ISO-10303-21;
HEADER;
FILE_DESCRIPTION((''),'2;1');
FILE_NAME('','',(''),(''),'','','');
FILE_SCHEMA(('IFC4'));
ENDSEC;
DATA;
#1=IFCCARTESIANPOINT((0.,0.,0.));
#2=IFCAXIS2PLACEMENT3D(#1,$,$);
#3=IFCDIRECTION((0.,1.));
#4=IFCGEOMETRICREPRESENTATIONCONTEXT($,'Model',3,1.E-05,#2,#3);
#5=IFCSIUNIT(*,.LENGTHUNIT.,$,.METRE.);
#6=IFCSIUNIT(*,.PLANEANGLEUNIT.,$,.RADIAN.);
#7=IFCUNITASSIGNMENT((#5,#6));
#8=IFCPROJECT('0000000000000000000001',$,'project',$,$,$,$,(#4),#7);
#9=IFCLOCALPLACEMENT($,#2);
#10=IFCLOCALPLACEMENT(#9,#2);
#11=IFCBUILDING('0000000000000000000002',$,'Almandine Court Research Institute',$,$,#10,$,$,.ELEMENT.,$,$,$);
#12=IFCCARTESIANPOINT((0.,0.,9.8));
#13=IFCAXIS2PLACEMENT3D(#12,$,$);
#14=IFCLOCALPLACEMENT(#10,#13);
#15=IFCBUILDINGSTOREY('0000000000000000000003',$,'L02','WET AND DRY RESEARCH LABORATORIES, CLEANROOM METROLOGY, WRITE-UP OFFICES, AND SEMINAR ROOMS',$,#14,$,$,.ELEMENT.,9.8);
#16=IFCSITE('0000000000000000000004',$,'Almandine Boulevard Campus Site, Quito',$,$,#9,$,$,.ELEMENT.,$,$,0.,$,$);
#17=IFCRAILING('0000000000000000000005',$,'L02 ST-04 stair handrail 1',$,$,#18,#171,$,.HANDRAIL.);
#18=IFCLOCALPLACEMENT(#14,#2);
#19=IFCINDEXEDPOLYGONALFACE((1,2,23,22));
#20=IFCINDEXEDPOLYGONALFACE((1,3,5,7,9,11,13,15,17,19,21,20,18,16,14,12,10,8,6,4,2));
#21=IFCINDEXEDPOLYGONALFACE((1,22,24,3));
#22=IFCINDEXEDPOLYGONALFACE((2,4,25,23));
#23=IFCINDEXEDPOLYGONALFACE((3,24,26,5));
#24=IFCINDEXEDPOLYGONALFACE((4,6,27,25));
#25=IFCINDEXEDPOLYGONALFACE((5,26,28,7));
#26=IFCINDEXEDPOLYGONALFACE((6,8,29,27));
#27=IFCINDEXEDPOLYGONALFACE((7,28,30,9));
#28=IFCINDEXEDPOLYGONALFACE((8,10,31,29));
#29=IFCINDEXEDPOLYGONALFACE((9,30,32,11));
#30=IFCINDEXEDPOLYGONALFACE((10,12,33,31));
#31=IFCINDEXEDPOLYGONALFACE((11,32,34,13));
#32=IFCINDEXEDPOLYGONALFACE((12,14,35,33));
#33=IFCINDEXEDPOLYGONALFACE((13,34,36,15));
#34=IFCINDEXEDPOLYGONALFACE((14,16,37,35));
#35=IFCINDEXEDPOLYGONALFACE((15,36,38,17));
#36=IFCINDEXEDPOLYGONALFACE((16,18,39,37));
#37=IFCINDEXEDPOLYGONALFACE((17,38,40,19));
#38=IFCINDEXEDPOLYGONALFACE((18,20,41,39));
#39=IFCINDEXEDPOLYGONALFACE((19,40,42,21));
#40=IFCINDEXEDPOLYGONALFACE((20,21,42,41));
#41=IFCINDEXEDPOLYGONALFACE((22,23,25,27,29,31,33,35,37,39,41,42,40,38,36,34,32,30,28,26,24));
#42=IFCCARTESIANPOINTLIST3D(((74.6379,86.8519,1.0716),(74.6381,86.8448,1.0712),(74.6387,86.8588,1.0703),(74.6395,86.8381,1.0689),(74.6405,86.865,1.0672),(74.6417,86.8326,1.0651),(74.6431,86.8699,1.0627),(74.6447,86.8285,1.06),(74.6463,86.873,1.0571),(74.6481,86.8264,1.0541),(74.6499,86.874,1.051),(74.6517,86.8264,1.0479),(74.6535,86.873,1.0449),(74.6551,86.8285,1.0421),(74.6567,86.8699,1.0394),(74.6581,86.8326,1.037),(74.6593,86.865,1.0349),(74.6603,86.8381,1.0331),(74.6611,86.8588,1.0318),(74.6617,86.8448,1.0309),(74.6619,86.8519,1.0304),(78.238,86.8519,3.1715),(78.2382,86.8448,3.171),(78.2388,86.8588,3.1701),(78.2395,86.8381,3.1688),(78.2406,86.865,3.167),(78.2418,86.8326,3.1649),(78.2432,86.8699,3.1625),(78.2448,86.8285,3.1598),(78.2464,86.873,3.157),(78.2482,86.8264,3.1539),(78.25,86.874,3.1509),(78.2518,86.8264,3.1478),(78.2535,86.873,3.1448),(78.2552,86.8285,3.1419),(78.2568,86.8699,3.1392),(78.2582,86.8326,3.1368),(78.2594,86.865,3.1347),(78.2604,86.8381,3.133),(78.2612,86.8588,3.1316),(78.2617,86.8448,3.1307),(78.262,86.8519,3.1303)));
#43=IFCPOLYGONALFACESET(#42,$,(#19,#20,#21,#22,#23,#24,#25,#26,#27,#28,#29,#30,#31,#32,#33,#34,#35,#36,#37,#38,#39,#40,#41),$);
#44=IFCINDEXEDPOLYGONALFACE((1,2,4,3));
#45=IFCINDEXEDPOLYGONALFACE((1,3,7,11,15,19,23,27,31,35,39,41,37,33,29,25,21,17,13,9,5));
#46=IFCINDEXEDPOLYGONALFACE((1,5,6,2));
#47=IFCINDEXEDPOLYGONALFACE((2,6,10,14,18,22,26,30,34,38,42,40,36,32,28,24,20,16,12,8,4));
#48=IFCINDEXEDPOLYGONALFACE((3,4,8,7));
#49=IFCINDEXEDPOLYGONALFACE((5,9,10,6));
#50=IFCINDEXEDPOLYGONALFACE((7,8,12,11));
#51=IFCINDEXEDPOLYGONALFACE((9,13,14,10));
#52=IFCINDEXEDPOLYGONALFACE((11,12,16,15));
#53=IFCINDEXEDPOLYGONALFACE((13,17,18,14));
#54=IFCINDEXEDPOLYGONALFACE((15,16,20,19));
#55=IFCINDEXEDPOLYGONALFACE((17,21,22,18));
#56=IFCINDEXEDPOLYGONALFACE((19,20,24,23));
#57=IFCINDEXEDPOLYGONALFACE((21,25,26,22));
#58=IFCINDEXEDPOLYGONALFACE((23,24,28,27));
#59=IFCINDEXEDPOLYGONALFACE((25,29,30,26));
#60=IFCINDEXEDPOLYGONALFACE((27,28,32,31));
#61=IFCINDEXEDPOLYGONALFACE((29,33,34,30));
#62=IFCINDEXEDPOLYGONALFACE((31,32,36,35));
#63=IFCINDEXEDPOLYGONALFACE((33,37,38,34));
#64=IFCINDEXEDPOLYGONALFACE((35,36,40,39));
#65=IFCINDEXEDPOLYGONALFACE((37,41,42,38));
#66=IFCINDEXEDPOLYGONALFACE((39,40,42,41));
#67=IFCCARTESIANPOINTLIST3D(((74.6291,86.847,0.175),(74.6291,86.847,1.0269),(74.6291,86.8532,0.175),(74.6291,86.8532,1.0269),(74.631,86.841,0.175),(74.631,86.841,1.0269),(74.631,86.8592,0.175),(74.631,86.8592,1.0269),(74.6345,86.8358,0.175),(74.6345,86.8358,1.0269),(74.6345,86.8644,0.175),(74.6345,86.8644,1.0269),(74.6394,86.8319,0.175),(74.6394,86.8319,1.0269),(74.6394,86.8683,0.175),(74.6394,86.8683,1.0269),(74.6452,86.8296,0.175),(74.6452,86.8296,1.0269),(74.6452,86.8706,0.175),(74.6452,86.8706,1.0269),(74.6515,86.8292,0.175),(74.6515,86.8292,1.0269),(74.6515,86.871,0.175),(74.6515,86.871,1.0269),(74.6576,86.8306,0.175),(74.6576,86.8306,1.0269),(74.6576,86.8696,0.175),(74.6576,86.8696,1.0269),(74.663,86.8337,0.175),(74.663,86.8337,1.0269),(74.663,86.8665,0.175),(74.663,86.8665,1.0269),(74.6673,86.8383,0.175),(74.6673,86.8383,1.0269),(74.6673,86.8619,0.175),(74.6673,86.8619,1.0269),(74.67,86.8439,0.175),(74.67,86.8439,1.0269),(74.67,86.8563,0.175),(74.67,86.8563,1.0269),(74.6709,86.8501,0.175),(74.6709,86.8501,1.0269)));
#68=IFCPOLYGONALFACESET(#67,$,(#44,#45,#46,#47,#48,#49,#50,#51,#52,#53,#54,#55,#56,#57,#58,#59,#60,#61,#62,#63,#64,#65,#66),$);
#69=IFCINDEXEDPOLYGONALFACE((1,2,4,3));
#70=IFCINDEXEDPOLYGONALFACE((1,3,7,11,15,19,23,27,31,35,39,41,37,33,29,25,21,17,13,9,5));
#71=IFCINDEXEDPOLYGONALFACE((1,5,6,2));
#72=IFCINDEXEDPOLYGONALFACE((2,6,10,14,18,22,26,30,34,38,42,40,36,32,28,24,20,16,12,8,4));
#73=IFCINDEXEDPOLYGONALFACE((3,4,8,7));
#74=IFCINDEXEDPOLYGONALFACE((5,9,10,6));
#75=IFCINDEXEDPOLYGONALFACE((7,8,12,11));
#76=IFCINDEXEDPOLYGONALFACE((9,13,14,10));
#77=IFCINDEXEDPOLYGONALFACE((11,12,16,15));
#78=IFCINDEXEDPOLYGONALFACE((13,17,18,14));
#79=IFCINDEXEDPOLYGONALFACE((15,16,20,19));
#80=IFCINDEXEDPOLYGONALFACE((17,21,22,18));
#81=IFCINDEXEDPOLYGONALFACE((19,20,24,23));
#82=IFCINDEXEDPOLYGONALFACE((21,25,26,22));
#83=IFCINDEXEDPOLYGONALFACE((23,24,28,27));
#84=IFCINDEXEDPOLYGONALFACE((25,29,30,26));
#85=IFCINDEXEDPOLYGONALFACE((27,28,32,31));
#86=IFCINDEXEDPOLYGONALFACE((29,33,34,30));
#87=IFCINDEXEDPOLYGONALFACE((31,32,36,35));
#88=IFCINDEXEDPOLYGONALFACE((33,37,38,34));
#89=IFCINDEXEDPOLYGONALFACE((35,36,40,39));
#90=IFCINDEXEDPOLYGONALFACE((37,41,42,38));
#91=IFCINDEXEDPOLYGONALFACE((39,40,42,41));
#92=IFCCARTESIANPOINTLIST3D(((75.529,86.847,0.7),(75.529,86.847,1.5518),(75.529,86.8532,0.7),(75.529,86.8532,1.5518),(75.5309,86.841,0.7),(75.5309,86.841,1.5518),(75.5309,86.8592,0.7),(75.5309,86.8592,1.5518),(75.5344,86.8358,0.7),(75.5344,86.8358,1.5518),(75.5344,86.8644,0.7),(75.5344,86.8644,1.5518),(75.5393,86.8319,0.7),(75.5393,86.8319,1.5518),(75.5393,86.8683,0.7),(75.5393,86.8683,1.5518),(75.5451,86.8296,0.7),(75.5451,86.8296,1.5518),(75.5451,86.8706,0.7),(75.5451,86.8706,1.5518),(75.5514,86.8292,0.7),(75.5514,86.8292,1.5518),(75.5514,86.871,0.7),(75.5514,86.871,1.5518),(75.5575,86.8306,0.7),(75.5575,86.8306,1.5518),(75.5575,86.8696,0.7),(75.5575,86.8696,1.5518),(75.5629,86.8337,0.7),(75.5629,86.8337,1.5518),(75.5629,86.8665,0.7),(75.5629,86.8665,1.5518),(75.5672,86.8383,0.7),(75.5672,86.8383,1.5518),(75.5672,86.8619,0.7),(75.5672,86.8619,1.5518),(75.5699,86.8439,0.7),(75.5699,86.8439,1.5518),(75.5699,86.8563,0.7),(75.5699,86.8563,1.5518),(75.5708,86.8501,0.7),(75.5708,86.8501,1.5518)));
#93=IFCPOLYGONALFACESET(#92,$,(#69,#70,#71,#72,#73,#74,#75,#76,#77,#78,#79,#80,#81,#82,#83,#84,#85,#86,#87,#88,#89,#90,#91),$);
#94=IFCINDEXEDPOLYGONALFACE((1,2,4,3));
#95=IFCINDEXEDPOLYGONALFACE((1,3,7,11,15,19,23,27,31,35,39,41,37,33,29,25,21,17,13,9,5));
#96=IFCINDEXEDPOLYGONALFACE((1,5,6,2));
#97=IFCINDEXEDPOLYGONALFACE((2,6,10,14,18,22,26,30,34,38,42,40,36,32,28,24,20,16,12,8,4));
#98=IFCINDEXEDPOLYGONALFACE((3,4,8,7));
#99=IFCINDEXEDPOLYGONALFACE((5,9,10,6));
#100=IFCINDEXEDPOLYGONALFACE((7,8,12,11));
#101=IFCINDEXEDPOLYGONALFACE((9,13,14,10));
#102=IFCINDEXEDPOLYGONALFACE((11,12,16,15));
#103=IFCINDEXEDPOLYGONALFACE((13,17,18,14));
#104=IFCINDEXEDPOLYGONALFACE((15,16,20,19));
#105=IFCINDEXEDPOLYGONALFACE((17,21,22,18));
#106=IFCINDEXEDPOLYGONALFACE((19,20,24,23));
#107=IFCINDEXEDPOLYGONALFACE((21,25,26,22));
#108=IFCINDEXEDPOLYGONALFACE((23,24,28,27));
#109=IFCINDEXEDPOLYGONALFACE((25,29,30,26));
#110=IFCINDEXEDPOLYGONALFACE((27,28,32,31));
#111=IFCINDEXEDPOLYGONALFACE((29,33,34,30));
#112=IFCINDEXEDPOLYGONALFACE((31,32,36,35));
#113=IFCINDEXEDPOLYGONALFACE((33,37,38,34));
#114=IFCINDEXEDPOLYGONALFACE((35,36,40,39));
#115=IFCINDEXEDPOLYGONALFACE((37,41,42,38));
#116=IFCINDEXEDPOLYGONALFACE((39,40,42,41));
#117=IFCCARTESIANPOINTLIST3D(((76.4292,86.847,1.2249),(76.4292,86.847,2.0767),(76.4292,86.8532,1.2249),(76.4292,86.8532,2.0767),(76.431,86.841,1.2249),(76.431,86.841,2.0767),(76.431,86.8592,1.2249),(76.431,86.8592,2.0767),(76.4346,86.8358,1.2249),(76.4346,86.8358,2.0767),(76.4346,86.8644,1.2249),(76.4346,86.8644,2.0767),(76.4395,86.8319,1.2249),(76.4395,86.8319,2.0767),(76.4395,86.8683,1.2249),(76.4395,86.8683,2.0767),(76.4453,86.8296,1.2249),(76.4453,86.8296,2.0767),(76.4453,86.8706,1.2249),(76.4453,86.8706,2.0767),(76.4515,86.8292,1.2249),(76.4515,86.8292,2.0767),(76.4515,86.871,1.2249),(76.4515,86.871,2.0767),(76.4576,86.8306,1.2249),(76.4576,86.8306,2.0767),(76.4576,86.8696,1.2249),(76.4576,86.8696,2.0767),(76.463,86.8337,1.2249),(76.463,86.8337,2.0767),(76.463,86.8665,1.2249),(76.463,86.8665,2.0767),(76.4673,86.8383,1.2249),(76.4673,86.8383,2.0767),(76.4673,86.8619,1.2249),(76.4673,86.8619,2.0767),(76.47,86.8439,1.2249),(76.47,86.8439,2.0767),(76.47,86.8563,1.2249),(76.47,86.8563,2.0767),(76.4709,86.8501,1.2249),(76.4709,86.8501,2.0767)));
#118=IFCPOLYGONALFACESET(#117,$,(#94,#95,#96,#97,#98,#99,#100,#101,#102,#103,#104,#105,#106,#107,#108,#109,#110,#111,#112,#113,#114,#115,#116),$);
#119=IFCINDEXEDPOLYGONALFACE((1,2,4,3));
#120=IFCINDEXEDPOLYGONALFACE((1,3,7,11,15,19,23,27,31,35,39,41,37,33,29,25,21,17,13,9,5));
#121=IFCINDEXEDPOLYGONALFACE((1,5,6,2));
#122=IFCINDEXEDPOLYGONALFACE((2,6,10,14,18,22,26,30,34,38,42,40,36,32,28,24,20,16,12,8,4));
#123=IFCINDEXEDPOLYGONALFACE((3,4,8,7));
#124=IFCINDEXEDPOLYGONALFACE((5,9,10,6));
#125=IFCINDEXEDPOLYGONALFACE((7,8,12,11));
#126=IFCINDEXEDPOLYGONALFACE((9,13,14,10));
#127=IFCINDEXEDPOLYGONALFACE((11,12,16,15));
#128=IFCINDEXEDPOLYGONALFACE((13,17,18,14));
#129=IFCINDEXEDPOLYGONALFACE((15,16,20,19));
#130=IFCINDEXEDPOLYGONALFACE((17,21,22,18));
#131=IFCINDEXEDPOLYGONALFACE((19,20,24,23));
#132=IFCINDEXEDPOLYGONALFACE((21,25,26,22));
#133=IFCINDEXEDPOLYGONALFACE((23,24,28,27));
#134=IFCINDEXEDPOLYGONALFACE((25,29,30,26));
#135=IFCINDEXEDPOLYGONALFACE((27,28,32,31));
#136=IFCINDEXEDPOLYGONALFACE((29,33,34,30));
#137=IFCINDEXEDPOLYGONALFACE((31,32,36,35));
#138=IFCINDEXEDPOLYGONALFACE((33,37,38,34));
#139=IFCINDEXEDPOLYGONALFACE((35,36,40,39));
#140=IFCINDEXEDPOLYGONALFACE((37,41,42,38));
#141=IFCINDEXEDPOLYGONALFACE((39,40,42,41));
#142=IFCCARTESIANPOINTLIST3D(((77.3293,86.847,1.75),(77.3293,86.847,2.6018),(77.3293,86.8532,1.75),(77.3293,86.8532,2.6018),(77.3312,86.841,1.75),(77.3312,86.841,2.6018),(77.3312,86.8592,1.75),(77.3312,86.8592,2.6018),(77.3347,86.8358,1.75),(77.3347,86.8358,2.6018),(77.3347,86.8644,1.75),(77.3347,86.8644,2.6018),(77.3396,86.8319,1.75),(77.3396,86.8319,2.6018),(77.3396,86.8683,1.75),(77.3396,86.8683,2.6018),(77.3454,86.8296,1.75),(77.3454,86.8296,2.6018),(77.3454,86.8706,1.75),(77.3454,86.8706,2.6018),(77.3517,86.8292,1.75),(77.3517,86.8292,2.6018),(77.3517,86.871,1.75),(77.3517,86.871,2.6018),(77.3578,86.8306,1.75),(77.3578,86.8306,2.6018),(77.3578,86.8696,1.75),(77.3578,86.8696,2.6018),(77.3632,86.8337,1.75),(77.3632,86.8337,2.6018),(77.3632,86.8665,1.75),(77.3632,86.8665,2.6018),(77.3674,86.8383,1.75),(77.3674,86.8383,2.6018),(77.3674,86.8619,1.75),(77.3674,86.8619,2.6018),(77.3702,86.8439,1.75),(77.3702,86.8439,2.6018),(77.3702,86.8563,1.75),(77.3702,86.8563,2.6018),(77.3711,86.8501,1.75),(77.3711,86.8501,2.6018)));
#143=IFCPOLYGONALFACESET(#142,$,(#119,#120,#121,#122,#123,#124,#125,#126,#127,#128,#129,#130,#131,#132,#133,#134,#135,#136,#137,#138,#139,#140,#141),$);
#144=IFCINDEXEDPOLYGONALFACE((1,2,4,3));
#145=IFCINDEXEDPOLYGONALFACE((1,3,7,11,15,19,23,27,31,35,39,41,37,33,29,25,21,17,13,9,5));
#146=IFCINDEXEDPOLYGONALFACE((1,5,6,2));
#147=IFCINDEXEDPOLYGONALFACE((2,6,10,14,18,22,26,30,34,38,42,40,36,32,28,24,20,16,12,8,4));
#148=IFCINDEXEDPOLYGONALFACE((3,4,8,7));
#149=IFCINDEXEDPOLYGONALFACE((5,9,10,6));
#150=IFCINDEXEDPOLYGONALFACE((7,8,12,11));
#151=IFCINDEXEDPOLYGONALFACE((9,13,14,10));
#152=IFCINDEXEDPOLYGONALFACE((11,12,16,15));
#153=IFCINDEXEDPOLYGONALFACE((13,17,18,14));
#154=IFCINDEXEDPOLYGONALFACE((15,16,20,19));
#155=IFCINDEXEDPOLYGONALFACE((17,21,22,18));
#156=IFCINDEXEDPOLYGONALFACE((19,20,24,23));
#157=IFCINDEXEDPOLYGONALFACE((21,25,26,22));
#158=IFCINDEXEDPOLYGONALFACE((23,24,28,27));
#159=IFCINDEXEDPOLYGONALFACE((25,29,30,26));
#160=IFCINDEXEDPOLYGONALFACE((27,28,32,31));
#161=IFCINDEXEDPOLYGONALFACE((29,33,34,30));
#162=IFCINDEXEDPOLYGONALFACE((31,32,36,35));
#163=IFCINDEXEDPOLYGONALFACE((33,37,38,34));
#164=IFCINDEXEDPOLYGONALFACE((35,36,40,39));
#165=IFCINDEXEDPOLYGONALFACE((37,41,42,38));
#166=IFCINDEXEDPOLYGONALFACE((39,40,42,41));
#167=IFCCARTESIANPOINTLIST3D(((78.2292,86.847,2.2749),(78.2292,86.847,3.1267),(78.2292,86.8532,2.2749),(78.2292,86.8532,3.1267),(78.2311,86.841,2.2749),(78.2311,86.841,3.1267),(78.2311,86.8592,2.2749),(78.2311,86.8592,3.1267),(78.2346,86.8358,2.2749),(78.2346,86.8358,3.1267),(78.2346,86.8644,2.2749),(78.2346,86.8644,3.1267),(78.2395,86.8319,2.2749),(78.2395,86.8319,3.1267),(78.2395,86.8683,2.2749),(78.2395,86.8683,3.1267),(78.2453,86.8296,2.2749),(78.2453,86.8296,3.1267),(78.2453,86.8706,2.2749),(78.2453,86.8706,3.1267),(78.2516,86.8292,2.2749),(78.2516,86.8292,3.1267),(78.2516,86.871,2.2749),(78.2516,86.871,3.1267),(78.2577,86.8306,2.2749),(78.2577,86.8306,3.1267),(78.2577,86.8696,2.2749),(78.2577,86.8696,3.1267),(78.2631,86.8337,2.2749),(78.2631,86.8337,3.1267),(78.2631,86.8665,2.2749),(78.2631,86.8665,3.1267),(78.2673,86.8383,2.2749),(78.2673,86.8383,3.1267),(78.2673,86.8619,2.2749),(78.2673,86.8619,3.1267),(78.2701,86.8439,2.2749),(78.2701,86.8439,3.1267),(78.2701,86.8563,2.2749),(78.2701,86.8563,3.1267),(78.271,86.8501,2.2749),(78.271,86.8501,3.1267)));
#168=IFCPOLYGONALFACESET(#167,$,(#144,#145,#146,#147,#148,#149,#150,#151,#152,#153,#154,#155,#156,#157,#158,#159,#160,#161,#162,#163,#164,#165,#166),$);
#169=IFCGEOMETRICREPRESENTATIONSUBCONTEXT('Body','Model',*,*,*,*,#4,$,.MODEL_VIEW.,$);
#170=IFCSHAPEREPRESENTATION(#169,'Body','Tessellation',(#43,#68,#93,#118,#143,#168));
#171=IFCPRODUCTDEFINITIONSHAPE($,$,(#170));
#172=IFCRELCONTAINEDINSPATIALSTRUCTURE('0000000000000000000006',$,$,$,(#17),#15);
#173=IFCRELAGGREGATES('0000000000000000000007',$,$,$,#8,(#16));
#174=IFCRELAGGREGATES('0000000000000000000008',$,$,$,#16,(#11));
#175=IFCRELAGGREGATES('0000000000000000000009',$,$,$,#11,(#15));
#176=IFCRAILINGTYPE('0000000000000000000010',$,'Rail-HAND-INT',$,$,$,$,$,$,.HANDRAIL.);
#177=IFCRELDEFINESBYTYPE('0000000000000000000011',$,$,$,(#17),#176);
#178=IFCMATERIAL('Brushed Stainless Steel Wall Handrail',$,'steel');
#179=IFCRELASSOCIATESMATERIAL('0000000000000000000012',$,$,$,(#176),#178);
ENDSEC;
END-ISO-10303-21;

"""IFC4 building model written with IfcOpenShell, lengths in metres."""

from ifc_helpers import new_model, si_unit, direction, frame, origin, origin_2d, place, context, subcontext, project, spatial, circle, extrude, material, type_object, element, save


model = new_model("IFC4")

# Units and contexts
model_context = context("Model", 3, precision=1e-05, world=origin(), true_north=direction((0.0, 1.0)))
body_context = subcontext(model_context, "Body", "Model", "MODEL_VIEW")
ifc_project = project(units=[si_unit("LENGTHUNIT", "METRE"), si_unit("PLANEANGLEUNIT", "RADIAN")], contexts=[model_context])

# Site, building, storey
site_placement = place(None, origin())
site = spatial("IfcSite", under=ifc_project, at=site_placement, Name="Almandine Boulevard Campus Site, Quito", CompositionType="ELEMENT", RefElevation=0.0)
building_placement = place(site_placement, origin())
building = spatial("IfcBuilding", under=site, at=building_placement, Name="Almandine Court Research Institute", CompositionType="ELEMENT")
storey_placement = place(building_placement, frame((0.0, 0.0, 9.8)))
storey = spatial("IfcBuildingStorey", under=building, at=storey_placement, Name="L02", Description="WET AND DRY RESEARCH LABORATORIES, CLEANROOM METROLOGY, WRITE-UP OFFICES, AND SEMINAR ROOMS", CompositionType="ELEMENT", Elevation=9.8)

# Railing
ifc_material_1 = material(Name="Brushed Stainless Steel Wall Handrail", Category="steel")
railing_type_1 = type_object("IfcRailingType", Name="Rail-HAND-INT", PredefinedType="HANDRAIL", material=ifc_material_1)
railing_1_placement = place(storey_placement, frame((74.6499, 86.8501, 0.175)))
element("IfcRailing", 1, at=railing_1_placement, inside=storey, type_object=railing_type_1, Name="L02 ST-04 stair handrail 1", PredefinedType="HANDRAIL", context=body_context, shape_type="SweptSolid", body=[
    extrude(circle(Radius=0.0239, at=origin_2d()), frame((0.0, 0.0, 0.876), z_axis=(0.8638, 0.0, 0.503835), x_axis=(0.0, 1.0, 0.0)), (0.0, 0.0, 1.0), 4.1677),
    extrude(circle(Radius=0.021, at=origin_2d()), origin(), (0.0, 0.0, 1.0), 0.8518),
    extrude(circle(Radius=0.021, at=origin_2d()), frame((0.8999, 0.0, 0.5249)), (0.0, 0.0, 1.0), 0.8518),
    extrude(circle(Radius=0.021, at=origin_2d()), frame((1.8, 0.0, 1.0498)), (0.0, 0.0, 1.0), 0.8518),
    extrude(circle(Radius=0.021, at=origin_2d()), frame((2.7002, 0.0, 1.575)), (0.0, 0.0, 1.0), 0.8518),
    extrude(circle(Radius=0.021, at=origin_2d()), frame((3.6001, 0.0, 2.0999)), (0.0, 0.0, 1.0), 0.8518),
])

save(model, "model.ifc")
